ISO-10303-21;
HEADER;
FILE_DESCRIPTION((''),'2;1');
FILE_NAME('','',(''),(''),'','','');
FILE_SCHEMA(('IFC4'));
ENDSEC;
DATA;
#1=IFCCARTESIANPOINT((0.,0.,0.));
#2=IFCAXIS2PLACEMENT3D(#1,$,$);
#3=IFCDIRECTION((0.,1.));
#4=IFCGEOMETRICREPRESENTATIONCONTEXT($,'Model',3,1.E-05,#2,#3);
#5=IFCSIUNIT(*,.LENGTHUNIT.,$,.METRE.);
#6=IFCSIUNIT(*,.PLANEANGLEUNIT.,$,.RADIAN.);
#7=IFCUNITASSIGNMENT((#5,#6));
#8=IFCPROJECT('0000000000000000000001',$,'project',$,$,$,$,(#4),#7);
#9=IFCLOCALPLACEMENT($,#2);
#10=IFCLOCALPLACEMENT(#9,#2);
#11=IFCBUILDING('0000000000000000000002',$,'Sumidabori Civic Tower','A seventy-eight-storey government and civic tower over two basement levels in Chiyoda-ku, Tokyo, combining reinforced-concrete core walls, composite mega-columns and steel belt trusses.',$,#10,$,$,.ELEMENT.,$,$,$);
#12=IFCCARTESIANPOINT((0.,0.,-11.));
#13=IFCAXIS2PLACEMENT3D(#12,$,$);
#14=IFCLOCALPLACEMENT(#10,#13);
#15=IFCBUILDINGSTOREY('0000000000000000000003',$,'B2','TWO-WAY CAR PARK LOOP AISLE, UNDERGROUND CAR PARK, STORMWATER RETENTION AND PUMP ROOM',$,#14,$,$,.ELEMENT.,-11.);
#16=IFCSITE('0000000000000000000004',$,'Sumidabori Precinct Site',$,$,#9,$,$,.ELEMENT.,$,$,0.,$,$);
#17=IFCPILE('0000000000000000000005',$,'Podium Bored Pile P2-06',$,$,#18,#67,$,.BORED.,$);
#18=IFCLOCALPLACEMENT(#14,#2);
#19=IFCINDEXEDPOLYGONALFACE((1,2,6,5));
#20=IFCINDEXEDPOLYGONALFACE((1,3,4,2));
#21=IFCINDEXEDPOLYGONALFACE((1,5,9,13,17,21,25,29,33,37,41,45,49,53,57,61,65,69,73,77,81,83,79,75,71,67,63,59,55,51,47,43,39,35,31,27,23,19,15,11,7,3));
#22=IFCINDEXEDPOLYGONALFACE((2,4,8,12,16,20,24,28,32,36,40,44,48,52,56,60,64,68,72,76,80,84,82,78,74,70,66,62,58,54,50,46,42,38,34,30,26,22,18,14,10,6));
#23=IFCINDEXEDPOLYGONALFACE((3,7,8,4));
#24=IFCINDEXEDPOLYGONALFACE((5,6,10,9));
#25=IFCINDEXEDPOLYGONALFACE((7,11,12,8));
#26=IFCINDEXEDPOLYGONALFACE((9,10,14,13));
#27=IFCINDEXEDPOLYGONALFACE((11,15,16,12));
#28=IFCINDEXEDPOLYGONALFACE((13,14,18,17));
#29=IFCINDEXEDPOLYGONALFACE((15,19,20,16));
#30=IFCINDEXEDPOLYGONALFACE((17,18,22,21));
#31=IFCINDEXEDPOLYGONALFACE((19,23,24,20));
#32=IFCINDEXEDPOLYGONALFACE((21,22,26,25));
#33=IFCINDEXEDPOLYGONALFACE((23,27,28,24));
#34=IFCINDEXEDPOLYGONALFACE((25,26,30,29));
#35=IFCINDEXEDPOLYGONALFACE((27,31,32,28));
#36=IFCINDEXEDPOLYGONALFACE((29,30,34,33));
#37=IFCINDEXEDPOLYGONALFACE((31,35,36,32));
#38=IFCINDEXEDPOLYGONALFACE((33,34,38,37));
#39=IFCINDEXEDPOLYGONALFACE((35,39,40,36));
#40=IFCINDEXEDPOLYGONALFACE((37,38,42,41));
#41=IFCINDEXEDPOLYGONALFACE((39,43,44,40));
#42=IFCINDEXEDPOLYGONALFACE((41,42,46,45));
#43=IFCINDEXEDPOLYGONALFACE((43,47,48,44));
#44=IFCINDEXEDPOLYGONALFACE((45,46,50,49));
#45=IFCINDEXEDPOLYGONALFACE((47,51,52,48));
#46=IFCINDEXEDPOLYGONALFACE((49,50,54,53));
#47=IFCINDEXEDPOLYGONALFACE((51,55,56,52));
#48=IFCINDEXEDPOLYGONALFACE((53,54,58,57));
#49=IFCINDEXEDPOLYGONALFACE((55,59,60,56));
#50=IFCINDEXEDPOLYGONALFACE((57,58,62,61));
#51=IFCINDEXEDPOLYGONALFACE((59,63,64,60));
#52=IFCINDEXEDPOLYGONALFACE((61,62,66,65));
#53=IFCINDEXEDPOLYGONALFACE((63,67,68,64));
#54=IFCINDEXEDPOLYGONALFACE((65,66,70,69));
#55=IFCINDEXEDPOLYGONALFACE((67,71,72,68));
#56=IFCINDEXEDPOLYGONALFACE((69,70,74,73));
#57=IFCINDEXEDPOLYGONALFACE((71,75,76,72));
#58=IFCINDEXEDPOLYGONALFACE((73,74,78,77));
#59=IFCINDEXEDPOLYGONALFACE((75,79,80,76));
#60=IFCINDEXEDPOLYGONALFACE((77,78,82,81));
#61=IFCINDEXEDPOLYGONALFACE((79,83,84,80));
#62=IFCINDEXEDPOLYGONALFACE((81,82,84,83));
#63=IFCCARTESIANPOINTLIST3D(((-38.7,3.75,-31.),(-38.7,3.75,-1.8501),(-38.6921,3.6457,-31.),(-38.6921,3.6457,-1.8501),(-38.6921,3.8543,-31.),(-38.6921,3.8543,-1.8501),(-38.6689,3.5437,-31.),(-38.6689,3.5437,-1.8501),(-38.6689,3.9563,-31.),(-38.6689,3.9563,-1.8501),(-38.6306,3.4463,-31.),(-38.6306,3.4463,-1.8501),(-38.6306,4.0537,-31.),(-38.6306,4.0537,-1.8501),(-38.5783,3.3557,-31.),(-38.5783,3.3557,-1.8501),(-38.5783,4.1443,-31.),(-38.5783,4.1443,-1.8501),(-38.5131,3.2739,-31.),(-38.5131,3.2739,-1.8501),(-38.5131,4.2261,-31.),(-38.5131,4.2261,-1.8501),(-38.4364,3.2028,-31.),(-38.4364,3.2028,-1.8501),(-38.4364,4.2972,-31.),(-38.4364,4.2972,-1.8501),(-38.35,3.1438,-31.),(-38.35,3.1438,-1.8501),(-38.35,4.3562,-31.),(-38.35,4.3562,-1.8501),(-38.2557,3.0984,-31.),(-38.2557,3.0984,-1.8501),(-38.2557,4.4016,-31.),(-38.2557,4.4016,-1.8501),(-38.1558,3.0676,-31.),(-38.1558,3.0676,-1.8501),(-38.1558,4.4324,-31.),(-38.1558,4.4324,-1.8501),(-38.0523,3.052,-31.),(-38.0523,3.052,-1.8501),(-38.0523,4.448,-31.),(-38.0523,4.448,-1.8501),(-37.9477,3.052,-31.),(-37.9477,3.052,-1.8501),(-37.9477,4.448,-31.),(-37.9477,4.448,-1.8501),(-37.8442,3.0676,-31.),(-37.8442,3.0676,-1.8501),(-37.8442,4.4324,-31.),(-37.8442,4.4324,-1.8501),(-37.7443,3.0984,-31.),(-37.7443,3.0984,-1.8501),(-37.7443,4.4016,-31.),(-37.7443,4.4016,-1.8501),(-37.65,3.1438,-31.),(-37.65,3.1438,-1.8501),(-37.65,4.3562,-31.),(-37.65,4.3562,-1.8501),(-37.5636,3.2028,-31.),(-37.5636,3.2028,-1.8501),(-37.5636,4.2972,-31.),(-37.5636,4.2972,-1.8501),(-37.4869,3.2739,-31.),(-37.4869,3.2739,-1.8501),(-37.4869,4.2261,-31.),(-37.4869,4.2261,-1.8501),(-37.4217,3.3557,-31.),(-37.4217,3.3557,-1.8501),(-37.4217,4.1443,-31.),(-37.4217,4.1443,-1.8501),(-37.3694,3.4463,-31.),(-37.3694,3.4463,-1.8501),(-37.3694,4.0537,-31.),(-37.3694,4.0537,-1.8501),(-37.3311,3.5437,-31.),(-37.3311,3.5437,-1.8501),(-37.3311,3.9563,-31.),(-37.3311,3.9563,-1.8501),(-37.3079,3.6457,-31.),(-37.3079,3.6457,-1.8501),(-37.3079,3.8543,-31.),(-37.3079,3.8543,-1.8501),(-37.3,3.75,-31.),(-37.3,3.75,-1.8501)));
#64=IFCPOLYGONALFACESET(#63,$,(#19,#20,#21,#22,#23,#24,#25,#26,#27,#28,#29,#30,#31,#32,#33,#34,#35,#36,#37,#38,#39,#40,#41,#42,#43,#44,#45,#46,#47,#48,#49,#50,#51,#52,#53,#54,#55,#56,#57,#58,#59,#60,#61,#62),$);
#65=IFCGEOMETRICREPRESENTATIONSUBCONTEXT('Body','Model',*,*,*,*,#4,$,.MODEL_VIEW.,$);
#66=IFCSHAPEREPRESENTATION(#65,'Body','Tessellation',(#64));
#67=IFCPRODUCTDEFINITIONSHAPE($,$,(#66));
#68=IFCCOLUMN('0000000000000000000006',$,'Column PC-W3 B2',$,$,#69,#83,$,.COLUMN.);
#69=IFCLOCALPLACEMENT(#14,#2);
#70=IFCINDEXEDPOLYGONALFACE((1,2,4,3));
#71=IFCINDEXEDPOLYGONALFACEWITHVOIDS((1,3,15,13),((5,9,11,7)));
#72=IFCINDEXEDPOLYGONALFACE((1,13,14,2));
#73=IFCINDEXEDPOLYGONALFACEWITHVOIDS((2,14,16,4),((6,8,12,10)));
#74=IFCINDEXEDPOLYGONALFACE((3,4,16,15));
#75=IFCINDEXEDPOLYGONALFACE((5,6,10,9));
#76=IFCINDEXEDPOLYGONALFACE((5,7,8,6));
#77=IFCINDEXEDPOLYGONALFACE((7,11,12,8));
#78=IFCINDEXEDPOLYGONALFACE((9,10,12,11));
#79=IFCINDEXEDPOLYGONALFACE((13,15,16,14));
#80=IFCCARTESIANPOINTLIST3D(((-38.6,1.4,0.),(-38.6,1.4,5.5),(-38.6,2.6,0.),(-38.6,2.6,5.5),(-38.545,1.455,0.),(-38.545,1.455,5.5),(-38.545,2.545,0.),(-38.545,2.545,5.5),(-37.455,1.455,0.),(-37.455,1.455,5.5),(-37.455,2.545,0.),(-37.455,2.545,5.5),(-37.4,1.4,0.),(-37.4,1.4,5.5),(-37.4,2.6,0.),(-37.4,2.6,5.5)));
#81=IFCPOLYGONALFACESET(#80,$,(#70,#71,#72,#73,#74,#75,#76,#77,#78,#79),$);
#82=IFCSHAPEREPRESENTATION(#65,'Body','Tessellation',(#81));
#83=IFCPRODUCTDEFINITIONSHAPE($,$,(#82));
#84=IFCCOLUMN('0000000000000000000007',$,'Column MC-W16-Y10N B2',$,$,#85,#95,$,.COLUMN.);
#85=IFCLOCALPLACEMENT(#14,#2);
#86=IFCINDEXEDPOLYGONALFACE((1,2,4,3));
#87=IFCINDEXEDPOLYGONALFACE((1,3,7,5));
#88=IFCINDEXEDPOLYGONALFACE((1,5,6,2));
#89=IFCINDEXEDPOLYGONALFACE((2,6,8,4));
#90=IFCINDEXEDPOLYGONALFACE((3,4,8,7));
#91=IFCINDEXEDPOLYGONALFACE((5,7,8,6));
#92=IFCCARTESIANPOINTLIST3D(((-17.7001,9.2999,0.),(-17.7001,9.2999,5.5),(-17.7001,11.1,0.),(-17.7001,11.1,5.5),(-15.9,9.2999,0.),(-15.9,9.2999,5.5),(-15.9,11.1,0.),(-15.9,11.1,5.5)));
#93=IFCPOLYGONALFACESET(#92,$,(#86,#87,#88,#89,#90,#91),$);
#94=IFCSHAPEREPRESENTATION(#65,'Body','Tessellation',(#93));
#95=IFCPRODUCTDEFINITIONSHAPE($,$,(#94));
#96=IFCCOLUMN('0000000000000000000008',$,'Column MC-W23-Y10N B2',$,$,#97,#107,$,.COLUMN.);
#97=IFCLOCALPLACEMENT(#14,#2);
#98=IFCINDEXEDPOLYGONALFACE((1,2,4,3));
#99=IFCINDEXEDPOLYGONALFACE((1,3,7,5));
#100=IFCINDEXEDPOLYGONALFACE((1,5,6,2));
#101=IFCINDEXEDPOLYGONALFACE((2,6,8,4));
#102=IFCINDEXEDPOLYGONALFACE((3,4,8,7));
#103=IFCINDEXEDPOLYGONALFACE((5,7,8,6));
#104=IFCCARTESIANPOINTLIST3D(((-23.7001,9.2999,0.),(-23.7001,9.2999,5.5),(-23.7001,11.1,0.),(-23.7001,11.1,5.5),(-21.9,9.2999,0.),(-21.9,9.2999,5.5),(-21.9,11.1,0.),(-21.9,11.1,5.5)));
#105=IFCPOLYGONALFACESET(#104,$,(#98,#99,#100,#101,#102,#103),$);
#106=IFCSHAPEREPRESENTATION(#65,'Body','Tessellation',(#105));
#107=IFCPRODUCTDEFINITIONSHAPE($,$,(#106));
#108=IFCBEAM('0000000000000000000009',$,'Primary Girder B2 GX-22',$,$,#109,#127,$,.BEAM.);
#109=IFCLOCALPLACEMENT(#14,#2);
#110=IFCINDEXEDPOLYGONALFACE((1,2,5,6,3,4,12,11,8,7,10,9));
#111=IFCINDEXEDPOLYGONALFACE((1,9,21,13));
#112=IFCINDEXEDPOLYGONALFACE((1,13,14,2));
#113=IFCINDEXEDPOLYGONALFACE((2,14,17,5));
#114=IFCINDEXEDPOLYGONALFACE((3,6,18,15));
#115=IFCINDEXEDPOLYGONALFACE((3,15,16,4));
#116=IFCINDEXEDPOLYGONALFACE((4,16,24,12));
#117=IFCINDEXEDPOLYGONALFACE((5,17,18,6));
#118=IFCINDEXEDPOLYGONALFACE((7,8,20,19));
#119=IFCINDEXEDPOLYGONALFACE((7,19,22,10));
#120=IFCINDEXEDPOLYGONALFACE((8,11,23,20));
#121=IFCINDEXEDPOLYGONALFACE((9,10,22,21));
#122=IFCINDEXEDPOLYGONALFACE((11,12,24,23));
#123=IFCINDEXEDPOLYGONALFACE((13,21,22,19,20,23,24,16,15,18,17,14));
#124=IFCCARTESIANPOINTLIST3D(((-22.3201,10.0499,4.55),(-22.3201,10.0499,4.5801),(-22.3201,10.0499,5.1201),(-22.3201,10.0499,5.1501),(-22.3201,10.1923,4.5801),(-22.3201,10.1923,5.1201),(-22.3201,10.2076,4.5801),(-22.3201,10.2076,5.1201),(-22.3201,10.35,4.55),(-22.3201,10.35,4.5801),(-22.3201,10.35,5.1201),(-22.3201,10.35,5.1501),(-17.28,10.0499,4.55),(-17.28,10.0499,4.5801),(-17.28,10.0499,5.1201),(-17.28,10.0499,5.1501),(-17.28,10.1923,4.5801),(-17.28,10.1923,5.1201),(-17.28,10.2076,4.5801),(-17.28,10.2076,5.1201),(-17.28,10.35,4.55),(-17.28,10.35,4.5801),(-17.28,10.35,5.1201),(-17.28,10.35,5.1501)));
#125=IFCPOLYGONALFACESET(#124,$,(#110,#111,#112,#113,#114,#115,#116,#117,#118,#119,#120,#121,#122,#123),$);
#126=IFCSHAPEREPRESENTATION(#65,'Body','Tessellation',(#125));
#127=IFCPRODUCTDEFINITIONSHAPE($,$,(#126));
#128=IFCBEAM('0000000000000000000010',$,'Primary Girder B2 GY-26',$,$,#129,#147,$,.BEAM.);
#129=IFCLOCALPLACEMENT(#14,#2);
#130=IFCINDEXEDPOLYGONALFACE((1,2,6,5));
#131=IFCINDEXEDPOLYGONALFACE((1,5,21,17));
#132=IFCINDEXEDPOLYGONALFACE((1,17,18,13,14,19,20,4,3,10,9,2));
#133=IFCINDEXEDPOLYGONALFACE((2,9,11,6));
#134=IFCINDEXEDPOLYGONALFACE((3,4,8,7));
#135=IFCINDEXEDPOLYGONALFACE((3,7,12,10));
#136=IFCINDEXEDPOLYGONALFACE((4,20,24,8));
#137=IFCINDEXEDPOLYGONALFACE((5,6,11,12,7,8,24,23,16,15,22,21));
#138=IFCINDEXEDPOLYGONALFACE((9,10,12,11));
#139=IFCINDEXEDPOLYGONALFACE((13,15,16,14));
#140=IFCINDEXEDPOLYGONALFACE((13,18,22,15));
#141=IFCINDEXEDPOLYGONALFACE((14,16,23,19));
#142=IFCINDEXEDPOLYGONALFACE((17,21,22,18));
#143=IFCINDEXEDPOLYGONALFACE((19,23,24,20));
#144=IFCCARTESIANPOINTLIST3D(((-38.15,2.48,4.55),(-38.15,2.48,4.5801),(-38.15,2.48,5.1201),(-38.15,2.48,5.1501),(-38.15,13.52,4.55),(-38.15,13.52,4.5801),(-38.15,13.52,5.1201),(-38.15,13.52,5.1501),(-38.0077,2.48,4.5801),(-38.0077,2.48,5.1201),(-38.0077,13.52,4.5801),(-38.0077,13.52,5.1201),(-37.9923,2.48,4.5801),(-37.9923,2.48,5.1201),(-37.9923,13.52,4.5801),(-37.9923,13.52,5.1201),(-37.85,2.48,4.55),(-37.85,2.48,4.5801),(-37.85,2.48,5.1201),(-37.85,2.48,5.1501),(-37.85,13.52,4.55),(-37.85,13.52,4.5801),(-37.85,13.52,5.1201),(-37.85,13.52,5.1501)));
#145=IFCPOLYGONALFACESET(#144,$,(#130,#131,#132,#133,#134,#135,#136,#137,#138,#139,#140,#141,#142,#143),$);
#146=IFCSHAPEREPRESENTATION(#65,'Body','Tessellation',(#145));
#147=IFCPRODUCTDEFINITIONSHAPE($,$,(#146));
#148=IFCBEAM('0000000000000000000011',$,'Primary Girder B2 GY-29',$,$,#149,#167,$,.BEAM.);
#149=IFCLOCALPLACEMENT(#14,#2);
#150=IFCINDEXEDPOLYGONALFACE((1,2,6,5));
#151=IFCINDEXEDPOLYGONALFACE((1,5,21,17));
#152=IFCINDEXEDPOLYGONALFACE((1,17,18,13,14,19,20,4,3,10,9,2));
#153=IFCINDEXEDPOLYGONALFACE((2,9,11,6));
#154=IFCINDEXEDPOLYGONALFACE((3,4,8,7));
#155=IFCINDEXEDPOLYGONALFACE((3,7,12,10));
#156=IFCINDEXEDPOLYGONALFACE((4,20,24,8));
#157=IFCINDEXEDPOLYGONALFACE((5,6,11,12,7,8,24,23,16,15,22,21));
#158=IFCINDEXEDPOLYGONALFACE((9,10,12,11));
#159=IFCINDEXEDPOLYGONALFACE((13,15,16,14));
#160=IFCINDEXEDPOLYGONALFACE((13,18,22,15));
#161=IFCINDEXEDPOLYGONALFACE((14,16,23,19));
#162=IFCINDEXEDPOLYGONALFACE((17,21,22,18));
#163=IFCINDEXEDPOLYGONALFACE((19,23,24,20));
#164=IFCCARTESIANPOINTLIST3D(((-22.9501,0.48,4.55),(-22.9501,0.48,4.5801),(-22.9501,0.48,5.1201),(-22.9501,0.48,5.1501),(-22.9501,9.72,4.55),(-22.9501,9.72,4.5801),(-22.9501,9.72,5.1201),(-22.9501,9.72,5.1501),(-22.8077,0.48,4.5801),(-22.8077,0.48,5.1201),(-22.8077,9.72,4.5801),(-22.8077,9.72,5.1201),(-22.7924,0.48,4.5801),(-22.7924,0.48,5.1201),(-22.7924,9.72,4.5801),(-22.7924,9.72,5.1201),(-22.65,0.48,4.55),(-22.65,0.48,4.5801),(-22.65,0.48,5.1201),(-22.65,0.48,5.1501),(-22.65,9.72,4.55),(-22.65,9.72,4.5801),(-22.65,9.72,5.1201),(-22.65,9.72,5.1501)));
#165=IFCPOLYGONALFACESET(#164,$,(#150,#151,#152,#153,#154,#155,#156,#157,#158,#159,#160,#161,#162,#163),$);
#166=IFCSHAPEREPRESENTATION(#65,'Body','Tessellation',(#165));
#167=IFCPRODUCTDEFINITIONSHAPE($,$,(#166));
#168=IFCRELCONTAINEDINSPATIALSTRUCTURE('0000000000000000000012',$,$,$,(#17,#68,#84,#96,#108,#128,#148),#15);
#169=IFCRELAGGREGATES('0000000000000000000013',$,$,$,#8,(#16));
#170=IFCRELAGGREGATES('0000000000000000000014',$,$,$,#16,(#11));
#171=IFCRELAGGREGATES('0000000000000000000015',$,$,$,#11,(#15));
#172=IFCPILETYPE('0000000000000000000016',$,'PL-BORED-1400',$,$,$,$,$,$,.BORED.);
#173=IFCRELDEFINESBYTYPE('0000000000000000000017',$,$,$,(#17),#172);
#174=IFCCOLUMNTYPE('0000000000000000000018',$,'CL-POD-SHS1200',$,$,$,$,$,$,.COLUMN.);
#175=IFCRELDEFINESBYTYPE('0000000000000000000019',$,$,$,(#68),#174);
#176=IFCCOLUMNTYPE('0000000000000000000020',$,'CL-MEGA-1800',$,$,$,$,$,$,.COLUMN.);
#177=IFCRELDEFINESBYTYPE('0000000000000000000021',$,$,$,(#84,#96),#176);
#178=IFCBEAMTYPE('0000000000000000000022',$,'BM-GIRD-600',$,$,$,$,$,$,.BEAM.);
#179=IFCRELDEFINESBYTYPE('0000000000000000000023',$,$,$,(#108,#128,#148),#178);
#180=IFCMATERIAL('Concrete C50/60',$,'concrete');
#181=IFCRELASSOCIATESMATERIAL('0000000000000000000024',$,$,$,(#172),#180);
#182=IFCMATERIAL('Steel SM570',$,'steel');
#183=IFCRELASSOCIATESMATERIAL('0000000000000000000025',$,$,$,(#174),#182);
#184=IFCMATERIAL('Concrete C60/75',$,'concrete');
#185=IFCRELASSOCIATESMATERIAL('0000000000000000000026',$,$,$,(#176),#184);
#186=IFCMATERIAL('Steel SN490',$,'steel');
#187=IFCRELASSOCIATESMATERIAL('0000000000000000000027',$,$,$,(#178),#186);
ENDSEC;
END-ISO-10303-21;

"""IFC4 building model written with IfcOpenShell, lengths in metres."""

from ifc_helpers import new_model, si_unit, direction, frame, origin, origin_2d, place, context, subcontext, project, spatial, rectangle, hollow_rectangle, circle, i_section, extrude, source, transform, mapped, material, material_profile, profile_set, type_object, element, save


model = new_model("IFC4")

# Units and contexts
model_context = context("Model", 3, precision=1e-05, world=origin(), true_north=direction((0.0, 1.0)))
body_context = subcontext(model_context, "Body", "Model", "MODEL_VIEW")
ifc_project = project(units=[si_unit("LENGTHUNIT", "METRE"), si_unit("PLANEANGLEUNIT", "RADIAN")], contexts=[model_context])

# Site, building, storey
site_placement = place(None, origin())
site = spatial("IfcSite", under=ifc_project, at=site_placement, Name="Sumidabori Precinct Site", CompositionType="ELEMENT", RefElevation=0.0)
building_placement = place(site_placement, origin())
building = spatial("IfcBuilding", under=site, at=building_placement, Name="Sumidabori Civic Tower", Description="A seventy-eight-storey government and civic tower over two basement levels in Chiyoda-ku, Tokyo, combining reinforced-concrete core walls, composite mega-columns and steel belt trusses.", CompositionType="ELEMENT")
storey_placement = place(building_placement, frame((0.0, 0.0, -11.0)))
storey = spatial("IfcBuildingStorey", under=building, at=storey_placement, Name="B2", Description="TWO-WAY CAR PARK LOOP AISLE, UNDERGROUND CAR PARK, STORMWATER RETENTION AND PUMP ROOM", CompositionType="ELEMENT", Elevation=-11.0)

# Shared definitions
ifc_material_1 = material(Name="Concrete C50/60", Category="concrete")

# Pile
ifc_material_profile_1 = material_profile(ifc_material_1, circle(Radius=0.7, at=origin_2d()), Name="BORED PILE 1400")
ifc_profile_set_1 = profile_set([ifc_material_profile_1], Name="Concrete C50/60")
pile_type_1 = type_object("IfcPileType", Name="PL-BORED-1400", PredefinedType="BORED", material=ifc_profile_set_1)
shared_shape_1 = source(origin(), body_context, "Body", "SweptSolid", [
    extrude(circle(Radius=0.7, at=origin_2d()), origin(), (0.0, 0.0, 1.0), 29.1499),
])
for number, where, z_axis, x_axis, name in (
    (1, (-38.0, 3.75, -1.8501), (0.0, 0.0, -1.0), (1.0, 0.0, 0.0), "Podium Bored Pile P2-06"),
):
    element("IfcPile", number, at=place(storey_placement, frame(where, z_axis=z_axis, x_axis=x_axis)), inside=storey, type_object=pile_type_1, Name=name, PredefinedType="BORED", context=body_context, shape_type="MappedRepresentation", body=[
        mapped(shared_shape_1, transform((0.0, 0.0, 0.0), x_axis=(1.0, 0.0, 0.0), y_axis=(0.0, 1.0, 0.0), z_axis=(0.0, 0.0, 1.0), scale=1.0)),
    ])

# Columns
ifc_material_2 = material(Name="Steel SM570", Category="steel")
ifc_material_profile_2 = material_profile(ifc_material_2, hollow_rectangle(XDim=1.2, YDim=1.2, WallThickness=0.0549, at=origin_2d()), Name="SHS 1200x1200x55")
ifc_profile_set_2 = profile_set([ifc_material_profile_2], Name="Steel SM570")
column_type_1 = type_object("IfcColumnType", Name="CL-POD-SHS1200", PredefinedType="COLUMN", material=ifc_profile_set_2)
shared_shape_2 = source(origin(), body_context, "Body", "SweptSolid", [
    extrude(hollow_rectangle(XDim=1.2, YDim=1.2, WallThickness=0.0549, at=origin_2d()), origin(), (0.0, 0.0, 1.0), 5.5),
])
column_placement = place(storey_placement, frame((-38.0, 2.0, 0.0), z_axis=(0.0, 0.0, 1.0), x_axis=(1.0, 0.0, 0.0)))
element("IfcColumn", 2, at=column_placement, inside=storey, type_object=column_type_1, Name="Column PC-W3 B2", PredefinedType="COLUMN", context=body_context, shape_type="MappedRepresentation", body=[
    mapped(shared_shape_2, transform((0.0, 0.0, 0.0), x_axis=(1.0, 0.0, 0.0), y_axis=(0.0, 1.0, 0.0), z_axis=(0.0, 0.0, 1.0), scale=1.0)),
])
ifc_material_3 = material(Name="Concrete C60/75", Category="concrete")
ifc_material_profile_3 = material_profile(ifc_material_3, rectangle(XDim=1.8, YDim=1.8, at=origin_2d()), Name="RC 1800x1800")
ifc_profile_set_3 = profile_set([ifc_material_profile_3], Name="Concrete C60/75")
column_type_2 = type_object("IfcColumnType", Name="CL-MEGA-1800", PredefinedType="COLUMN", material=ifc_profile_set_3)
shared_shape_3 = source(origin(), body_context, "Body", "SweptSolid", [
    extrude(rectangle(XDim=1.8, YDim=1.8, at=origin_2d()), origin(), (0.0, 0.0, 1.0), 5.5),
])
for number, where, z_axis, x_axis, name in (
    (3, (-16.8, 10.2, 0.0), (0.0, 0.0, 1.0), (1.0, 0.0, 0.0), "Column MC-W16-Y10N B2"),
    (4, (-22.8, 10.2, 0.0), (0.0, 0.0, 1.0), (1.0, 0.0, 0.0), "Column MC-W23-Y10N B2"),
):
    element("IfcColumn", number, at=place(storey_placement, frame(where, z_axis=z_axis, x_axis=x_axis)), inside=storey, type_object=column_type_2, Name=name, PredefinedType="COLUMN", context=body_context, shape_type="MappedRepresentation", body=[
        mapped(shared_shape_3, transform((0.0, 0.0, 0.0), x_axis=(1.0, 0.0, 0.0), y_axis=(0.0, 1.0, 0.0), z_axis=(0.0, 0.0, 1.0), scale=1.0)),
    ])

# Beams
ifc_material_4 = material(Name="Steel SN490", Category="steel")
ifc_material_profile_4 = material_profile(ifc_material_4, i_section(OverallWidth=0.3, OverallDepth=0.6001, WebThickness=0.0154, FlangeThickness=0.03, at=origin_2d()), Name="HE 600 B")
ifc_profile_set_4 = profile_set([ifc_material_profile_4], Name="Steel SN490")
beam_type_1 = type_object("IfcBeamType", Name="BM-GIRD-600", PredefinedType="BEAM", material=ifc_profile_set_4)
shared_shape_4 = source(origin(), body_context, "Body", "SweptSolid", [
    extrude(i_section(OverallWidth=0.3, OverallDepth=0.6001, WebThickness=0.0154, FlangeThickness=0.03, at=origin_2d()), origin(), (0.0, 0.0, 1.0), 5.04),
])
beam_1_placement = place(storey_placement, frame((-22.3201, 10.2, 4.8501), z_axis=(1.0, 0.0, 0.0), x_axis=(0.0, 1.0, 0.0)))
element("IfcBeam", 5, at=beam_1_placement, inside=storey, type_object=beam_type_1, Name="Primary Girder B2 GX-22", PredefinedType="BEAM", context=body_context, shape_type="MappedRepresentation", body=[
    mapped(shared_shape_4, transform((0.0, 0.0, 0.0), x_axis=(1.0, 0.0, 0.0), y_axis=(0.0, 1.0, 0.0), z_axis=(0.0, 0.0, 1.0), scale=1.0)),
])
shared_shape_5 = source(origin(), body_context, "Body", "SweptSolid", [
    extrude(i_section(OverallWidth=0.3, OverallDepth=0.6001, WebThickness=0.0154, FlangeThickness=0.03, at=origin_2d()), origin(), (0.0, 0.0, 1.0), 11.04),
])
beam_2_placement = place(storey_placement, frame((-38.0, 2.48, 4.8501), z_axis=(0.0, 1.0, 0.0), x_axis=(-1.0, 0.0, 0.0)))
element("IfcBeam", 6, at=beam_2_placement, inside=storey, type_object=beam_type_1, Name="Primary Girder B2 GY-26", PredefinedType="BEAM", context=body_context, shape_type="MappedRepresentation", body=[
    mapped(shared_shape_5, transform((0.0, 0.0, 0.0), x_axis=(1.0, 0.0, 0.0), y_axis=(0.0, 1.0, 0.0), z_axis=(0.0, 0.0, 1.0), scale=1.0)),
])
shared_shape_6 = source(origin(), body_context, "Body", "SweptSolid", [
    extrude(i_section(OverallWidth=0.3, OverallDepth=0.6001, WebThickness=0.0154, FlangeThickness=0.03, at=origin_2d()), origin(), (0.0, 0.0, 1.0), 9.24),
])
for number, where, z_axis, x_axis, name in (
    (7, (-22.8, 0.48, 4.8501), (0.0, 1.0, 0.0), (-1.0, 0.0, 0.0), "Primary Girder B2 GY-29"),
):
    element("IfcBeam", number, at=place(storey_placement, frame(where, z_axis=z_axis, x_axis=x_axis)), inside=storey, type_object=beam_type_1, Name=name, PredefinedType="BEAM", context=body_context, shape_type="MappedRepresentation", body=[
        mapped(shared_shape_6, transform((0.0, 0.0, 0.0), x_axis=(1.0, 0.0, 0.0), y_axis=(0.0, 1.0, 0.0), z_axis=(0.0, 0.0, 1.0), scale=1.0)),
    ])

save(model, "model.ifc")
